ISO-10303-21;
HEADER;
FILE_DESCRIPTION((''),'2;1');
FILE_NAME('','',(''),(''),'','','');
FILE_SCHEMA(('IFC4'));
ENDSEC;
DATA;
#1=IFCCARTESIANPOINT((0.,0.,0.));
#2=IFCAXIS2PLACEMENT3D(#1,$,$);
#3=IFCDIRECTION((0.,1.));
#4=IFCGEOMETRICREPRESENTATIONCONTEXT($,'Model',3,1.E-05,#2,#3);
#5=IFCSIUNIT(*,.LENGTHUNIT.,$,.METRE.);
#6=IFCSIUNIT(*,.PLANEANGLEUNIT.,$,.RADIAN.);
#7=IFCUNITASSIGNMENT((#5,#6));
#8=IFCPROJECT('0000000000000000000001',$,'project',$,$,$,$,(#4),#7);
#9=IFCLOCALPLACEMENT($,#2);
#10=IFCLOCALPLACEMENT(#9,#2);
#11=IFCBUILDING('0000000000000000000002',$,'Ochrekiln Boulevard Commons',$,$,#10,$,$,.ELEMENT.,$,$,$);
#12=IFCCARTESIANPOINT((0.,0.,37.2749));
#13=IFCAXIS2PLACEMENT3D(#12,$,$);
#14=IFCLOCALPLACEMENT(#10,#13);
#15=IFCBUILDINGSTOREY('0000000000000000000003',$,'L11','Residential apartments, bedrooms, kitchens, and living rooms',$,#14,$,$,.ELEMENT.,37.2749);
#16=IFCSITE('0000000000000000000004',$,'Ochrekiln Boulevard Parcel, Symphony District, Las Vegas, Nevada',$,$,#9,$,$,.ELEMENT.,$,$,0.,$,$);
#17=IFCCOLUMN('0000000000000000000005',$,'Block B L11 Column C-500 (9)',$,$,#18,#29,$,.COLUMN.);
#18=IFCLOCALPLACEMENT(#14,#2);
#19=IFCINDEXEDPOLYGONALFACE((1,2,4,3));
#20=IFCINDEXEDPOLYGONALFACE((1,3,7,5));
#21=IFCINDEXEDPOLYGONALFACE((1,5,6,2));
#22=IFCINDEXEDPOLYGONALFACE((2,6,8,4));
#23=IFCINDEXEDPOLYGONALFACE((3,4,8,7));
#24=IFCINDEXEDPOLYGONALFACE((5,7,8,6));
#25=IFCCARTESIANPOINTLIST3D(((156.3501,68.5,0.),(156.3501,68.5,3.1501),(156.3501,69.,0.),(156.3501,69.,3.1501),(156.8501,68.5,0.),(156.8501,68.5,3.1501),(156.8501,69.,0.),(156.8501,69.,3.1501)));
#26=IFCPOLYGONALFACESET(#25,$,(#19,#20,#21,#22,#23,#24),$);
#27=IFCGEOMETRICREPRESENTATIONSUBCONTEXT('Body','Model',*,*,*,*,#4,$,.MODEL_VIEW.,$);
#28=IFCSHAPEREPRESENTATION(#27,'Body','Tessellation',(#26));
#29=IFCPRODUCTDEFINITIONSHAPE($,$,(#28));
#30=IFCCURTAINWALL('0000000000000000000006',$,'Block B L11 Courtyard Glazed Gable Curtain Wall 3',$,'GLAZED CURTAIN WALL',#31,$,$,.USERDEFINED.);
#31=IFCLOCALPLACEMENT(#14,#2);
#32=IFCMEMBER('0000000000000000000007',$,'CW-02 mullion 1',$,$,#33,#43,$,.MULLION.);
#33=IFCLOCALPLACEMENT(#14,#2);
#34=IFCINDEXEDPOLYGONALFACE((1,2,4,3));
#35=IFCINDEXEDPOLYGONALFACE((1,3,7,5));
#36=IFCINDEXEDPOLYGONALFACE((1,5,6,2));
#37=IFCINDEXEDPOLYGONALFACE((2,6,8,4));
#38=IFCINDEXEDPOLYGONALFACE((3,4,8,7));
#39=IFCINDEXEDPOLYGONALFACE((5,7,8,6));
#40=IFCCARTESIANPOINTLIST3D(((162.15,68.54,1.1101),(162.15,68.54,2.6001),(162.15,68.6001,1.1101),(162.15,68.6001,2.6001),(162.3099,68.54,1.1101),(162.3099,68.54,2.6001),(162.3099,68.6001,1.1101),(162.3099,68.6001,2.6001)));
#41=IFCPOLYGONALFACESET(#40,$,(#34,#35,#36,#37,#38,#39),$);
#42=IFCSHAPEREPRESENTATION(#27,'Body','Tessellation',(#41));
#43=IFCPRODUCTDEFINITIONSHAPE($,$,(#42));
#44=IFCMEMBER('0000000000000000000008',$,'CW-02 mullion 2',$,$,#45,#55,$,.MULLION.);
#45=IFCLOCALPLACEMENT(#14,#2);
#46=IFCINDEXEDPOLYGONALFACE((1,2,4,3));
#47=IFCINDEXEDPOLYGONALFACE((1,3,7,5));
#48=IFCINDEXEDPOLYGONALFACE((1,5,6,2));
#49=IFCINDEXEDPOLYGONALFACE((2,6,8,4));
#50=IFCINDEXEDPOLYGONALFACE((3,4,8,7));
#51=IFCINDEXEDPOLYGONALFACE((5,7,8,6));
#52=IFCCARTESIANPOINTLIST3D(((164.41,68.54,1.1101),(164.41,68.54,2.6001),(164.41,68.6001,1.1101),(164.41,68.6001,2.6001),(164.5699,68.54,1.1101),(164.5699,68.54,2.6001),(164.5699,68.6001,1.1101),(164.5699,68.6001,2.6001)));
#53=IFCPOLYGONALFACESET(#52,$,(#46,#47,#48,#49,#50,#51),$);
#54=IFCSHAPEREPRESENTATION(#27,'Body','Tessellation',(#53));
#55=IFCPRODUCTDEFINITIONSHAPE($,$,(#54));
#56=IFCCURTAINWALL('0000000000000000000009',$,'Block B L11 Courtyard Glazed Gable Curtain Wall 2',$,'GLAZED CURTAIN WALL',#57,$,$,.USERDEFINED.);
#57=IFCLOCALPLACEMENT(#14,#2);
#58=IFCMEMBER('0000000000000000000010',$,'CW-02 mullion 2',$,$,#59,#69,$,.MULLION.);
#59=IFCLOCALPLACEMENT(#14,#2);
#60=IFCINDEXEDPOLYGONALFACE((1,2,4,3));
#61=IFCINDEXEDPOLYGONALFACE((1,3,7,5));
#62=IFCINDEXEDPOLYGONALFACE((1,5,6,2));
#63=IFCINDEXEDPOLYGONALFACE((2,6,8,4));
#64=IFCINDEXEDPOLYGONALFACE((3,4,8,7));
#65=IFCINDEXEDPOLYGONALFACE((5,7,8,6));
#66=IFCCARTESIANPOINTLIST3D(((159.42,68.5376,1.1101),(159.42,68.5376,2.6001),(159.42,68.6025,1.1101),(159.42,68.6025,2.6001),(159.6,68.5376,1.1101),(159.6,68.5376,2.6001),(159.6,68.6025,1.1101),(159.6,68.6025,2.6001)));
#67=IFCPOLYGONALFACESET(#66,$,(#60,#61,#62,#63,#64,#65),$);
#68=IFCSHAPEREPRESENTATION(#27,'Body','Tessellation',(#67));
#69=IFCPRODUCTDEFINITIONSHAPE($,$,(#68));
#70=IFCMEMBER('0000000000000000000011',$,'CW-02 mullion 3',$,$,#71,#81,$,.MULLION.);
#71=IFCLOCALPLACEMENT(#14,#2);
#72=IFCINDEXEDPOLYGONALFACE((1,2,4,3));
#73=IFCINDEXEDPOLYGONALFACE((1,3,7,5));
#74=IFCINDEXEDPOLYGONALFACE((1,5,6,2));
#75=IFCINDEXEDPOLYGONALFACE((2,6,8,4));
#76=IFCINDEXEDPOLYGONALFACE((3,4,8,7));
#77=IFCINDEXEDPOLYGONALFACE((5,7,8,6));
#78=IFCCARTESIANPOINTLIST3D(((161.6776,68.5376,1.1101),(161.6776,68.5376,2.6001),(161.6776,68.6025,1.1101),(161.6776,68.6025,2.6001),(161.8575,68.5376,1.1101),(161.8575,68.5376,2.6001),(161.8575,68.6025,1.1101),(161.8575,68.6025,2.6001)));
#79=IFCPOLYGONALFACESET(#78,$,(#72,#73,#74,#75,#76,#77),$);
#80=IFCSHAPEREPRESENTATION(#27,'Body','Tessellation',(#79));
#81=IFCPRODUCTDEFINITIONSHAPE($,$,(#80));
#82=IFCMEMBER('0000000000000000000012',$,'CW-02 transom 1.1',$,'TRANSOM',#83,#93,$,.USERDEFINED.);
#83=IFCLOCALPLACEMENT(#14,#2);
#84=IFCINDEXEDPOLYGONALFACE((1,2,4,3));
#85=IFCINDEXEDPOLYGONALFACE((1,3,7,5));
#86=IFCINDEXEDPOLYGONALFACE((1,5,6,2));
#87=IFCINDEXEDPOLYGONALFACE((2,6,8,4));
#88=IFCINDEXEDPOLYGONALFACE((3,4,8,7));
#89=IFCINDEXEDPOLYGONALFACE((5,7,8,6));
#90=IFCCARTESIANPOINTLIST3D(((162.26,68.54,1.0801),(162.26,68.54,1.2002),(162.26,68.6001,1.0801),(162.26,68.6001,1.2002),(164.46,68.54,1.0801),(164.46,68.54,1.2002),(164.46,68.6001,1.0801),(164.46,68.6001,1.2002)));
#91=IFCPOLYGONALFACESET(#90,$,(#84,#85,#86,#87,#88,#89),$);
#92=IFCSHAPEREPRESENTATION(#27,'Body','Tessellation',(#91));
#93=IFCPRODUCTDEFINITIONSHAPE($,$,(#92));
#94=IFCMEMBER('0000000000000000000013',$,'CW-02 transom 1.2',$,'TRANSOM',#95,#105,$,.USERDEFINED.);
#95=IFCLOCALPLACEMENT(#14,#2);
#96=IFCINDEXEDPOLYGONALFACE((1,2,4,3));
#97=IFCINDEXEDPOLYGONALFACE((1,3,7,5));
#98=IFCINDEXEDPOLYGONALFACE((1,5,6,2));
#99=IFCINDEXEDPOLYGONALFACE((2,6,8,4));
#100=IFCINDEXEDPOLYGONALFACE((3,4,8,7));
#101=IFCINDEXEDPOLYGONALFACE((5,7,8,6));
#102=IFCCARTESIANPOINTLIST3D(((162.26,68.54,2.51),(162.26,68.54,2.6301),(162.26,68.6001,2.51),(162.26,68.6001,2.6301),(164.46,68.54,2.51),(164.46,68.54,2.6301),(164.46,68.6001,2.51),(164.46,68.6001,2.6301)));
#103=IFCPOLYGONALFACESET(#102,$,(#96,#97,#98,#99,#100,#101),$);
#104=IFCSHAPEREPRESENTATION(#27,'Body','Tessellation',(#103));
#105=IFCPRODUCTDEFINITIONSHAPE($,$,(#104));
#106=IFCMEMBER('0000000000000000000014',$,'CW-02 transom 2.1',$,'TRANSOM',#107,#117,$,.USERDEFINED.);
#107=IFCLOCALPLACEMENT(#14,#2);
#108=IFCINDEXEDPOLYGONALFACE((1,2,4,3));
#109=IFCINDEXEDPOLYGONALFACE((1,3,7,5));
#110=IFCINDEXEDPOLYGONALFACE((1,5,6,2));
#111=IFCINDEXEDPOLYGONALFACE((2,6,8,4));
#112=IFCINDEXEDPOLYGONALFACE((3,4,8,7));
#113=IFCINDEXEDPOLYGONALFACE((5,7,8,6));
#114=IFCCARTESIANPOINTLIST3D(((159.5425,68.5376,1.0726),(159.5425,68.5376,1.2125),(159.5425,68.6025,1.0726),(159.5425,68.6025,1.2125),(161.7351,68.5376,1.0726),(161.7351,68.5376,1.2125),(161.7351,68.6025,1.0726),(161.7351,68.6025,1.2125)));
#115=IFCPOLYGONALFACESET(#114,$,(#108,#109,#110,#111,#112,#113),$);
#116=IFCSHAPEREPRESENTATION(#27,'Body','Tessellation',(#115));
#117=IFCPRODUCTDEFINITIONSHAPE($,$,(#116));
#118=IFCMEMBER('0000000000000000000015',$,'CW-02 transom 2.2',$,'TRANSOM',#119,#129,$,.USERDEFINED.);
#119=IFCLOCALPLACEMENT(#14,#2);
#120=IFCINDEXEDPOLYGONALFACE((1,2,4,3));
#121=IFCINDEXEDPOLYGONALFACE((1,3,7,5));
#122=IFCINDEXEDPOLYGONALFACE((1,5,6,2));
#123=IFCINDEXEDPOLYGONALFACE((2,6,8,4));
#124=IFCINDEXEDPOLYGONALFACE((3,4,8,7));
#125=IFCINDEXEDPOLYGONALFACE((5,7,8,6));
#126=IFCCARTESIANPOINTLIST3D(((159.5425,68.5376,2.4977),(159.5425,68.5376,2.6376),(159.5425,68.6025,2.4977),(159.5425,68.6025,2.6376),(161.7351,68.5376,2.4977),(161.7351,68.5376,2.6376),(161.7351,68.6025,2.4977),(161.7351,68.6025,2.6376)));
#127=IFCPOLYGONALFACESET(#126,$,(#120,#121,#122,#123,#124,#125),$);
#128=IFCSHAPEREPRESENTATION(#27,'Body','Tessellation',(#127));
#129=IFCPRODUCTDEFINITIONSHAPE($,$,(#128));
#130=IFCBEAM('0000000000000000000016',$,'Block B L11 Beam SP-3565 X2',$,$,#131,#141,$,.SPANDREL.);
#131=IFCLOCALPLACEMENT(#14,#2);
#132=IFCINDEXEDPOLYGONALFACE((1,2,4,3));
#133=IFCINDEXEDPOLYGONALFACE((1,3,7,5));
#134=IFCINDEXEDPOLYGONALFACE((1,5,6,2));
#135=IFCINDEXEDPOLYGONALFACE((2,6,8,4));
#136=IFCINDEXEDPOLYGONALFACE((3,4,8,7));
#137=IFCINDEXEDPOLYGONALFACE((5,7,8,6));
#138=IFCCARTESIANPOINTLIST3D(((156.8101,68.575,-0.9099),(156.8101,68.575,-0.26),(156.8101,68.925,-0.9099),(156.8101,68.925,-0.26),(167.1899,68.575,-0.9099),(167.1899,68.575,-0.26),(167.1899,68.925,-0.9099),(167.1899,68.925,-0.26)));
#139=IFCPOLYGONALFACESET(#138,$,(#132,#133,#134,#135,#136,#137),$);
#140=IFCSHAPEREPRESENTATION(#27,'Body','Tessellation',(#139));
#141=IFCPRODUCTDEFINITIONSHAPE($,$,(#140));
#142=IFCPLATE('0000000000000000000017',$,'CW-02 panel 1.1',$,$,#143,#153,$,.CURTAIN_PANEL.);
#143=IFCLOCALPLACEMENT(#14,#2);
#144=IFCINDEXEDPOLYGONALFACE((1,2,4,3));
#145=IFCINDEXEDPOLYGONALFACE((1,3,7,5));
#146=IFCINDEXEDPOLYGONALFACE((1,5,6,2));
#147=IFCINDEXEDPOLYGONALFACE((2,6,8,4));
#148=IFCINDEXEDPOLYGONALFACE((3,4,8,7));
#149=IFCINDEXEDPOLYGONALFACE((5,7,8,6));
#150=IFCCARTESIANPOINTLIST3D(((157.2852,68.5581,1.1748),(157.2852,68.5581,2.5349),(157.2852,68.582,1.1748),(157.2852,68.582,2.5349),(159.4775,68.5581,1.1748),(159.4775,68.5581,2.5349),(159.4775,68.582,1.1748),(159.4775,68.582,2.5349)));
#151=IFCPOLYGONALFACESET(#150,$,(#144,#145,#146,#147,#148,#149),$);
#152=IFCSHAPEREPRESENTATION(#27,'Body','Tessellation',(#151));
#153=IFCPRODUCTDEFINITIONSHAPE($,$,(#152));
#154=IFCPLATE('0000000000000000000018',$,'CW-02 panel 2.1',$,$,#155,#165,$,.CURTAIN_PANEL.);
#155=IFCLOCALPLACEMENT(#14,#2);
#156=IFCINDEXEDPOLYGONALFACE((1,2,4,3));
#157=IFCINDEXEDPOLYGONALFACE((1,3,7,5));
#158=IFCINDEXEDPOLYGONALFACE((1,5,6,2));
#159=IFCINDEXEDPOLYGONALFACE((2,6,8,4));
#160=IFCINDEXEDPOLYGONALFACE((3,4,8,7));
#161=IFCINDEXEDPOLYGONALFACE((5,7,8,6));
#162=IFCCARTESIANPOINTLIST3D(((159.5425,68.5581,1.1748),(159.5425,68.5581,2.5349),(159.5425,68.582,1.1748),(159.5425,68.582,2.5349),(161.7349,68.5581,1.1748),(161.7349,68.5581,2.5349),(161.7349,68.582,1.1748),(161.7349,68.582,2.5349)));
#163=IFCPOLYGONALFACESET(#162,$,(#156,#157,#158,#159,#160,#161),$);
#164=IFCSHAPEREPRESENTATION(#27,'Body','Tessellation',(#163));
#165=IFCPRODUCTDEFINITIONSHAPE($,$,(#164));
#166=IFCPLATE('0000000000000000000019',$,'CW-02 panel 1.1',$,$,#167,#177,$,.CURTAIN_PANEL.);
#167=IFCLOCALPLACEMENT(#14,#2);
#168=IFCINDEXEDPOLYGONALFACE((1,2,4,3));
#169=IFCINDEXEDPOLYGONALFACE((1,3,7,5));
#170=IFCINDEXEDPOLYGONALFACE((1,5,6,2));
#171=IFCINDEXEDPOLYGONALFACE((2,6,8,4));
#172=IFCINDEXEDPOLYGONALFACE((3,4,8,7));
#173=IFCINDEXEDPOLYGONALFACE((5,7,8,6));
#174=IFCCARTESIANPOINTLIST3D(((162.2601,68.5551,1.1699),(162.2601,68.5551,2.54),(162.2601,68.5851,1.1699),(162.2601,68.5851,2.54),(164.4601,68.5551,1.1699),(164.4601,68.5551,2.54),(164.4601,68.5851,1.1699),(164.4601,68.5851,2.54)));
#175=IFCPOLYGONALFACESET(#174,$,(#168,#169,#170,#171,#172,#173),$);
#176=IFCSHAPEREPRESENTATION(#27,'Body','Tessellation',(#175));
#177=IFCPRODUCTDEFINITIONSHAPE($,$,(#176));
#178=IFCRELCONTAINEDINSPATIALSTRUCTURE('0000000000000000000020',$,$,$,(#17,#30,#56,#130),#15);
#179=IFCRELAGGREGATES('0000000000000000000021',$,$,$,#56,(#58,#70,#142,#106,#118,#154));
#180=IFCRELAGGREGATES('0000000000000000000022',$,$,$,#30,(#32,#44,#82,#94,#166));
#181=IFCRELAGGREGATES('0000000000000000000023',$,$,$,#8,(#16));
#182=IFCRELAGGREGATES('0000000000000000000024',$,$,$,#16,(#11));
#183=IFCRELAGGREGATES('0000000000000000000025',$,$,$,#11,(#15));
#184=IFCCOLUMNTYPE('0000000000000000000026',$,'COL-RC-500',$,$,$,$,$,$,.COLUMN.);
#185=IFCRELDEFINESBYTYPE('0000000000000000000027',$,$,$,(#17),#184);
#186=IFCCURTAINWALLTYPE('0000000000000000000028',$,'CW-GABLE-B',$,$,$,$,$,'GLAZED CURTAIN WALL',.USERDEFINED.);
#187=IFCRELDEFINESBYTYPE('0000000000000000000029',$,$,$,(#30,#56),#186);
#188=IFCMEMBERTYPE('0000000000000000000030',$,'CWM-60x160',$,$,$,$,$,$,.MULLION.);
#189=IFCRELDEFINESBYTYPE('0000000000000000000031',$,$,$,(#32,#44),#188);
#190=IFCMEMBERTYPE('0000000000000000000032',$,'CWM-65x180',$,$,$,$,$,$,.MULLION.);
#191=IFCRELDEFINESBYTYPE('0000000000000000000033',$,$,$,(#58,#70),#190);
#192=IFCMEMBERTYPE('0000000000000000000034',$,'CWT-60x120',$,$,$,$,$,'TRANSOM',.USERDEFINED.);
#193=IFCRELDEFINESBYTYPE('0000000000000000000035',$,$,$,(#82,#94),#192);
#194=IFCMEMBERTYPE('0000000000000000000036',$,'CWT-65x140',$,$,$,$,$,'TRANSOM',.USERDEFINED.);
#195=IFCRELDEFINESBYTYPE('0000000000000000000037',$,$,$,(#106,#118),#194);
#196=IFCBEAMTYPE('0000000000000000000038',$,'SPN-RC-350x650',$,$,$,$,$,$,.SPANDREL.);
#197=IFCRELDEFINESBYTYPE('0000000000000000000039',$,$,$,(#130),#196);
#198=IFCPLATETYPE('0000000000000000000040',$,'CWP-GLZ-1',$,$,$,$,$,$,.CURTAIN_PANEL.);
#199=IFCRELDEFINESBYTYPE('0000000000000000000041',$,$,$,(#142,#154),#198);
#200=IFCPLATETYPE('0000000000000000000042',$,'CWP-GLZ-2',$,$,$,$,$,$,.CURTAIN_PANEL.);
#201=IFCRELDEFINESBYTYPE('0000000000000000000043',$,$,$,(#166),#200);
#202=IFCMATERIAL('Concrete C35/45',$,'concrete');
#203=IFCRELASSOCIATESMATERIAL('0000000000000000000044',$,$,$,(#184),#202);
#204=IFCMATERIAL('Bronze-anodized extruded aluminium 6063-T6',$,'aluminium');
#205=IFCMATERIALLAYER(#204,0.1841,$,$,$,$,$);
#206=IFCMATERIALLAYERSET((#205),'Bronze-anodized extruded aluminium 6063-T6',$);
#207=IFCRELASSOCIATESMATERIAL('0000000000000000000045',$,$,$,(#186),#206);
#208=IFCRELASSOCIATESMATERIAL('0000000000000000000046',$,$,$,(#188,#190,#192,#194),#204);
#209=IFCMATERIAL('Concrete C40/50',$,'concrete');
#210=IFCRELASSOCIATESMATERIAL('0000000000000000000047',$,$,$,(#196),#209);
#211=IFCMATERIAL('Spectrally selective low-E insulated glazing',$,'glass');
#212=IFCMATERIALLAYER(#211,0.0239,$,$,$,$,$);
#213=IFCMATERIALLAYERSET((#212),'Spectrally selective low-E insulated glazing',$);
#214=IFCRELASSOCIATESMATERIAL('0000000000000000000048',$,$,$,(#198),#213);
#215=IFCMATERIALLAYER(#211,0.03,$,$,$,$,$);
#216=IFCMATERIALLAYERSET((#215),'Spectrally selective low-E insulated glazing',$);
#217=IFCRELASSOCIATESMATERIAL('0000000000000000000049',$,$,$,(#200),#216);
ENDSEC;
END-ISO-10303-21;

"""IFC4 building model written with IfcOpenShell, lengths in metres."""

from ifc_helpers import new_model, si_unit, direction, frame, origin, origin_2d, place, context, subcontext, project, spatial, rectangle, extrude, material, layer, layer_set, material_profile, profile_set, type_object, element, aggregate, save


model = new_model("IFC4")

# Units and contexts
model_context = context("Model", 3, precision=1e-05, world=origin(), true_north=direction((0.0, 1.0)))
body_context = subcontext(model_context, "Body", "Model", "MODEL_VIEW")
ifc_project = project(units=[si_unit("LENGTHUNIT", "METRE"), si_unit("PLANEANGLEUNIT", "RADIAN")], contexts=[model_context])

# Site, building, storey
site_placement = place(None, origin())
site = spatial("IfcSite", under=ifc_project, at=site_placement, Name="Ochrekiln Boulevard Parcel, Symphony District, Las Vegas, Nevada", CompositionType="ELEMENT", RefElevation=0.0)
building_placement = place(site_placement, origin())
building = spatial("IfcBuilding", under=site, at=building_placement, Name="Ochrekiln Boulevard Commons", CompositionType="ELEMENT")
storey_placement = place(building_placement, frame((0.0, 0.0, 37.2749)))
storey = spatial("IfcBuildingStorey", under=building, at=storey_placement, Name="L11", Description="Residential apartments, bedrooms, kitchens, and living rooms", CompositionType="ELEMENT", Elevation=37.2749)

# Column
ifc_material_1 = material(Name="Concrete C35/45", Category="concrete")
ifc_material_profile_1 = material_profile(ifc_material_1, rectangle(XDim=0.5, YDim=0.5, at=origin_2d()), Name="RC-COL-500x500")
ifc_profile_set_1 = profile_set([ifc_material_profile_1], Name="Concrete C35/45")
column_type = type_object("IfcColumnType", Name="COL-RC-500", PredefinedType="COLUMN", material=ifc_profile_set_1)
column_placement = place(storey_placement, frame((156.6001, 68.75, 0.0), z_axis=(0.0, 0.0, 1.0), x_axis=(1.0, 0.0, 0.0)))
element("IfcColumn", 1, at=column_placement, inside=storey, type_object=column_type, Name="Block B L11 Column C-500 (9)", PredefinedType="COLUMN", context=body_context, shape_type="SweptSolid", body=[
    extrude(rectangle(XDim=0.5, YDim=0.5, at=origin_2d()), origin(), (0.0, 0.0, 1.0), 3.1501),
])

# Curtain walls, members
ifc_material_2 = material(Name="Bronze-anodized extruded aluminium 6063-T6", Category="aluminium")
ifc_layer_1 = layer(ifc_material_2, 0.1841)
ifc_layer_set_1 = layer_set([ifc_layer_1], Name="Bronze-anodized extruded aluminium 6063-T6")
curtain_wall_type = type_object("IfcCurtainWallType", Name="CW-GABLE-B", ElementType="GLAZED CURTAIN WALL", PredefinedType="USERDEFINED", material=ifc_layer_set_1)
curtain_wall_1_placement = place(storey_placement, origin())
curtain_wall_1 = element("IfcCurtainWall", 2, at=curtain_wall_1_placement, inside=storey, type_object=curtain_wall_type, Name="Block B L11 Courtyard Glazed Gable Curtain Wall 3", ObjectType="GLAZED CURTAIN WALL", PredefinedType="USERDEFINED")
ifc_material_profile_2 = material_profile(ifc_material_2, rectangle(XDim=0.0601, YDim=0.1599, at=origin_2d()), Name="ALU-MUL-60x160")
ifc_profile_set_2 = profile_set([ifc_material_profile_2], Name="Bronze-anodized extruded aluminium 6063-T6")
member_type_1 = type_object("IfcMemberType", Name="CWM-60x160", PredefinedType="MULLION", material=ifc_profile_set_2)
member_1_placement = place(storey_placement, frame((162.23, 68.5701, 1.1101), z_axis=(0.0, 0.0, 1.0), x_axis=(0.0, 1.0, 0.0)))
member_1 = element("IfcMember", 3, at=member_1_placement, type_object=member_type_1, Name="CW-02 mullion 1", PredefinedType="MULLION", context=body_context, shape_type="SweptSolid", body=[
    extrude(rectangle(XDim=0.0601, YDim=0.1599, at=origin_2d()), origin(), (0.0, 0.0, 1.0), 1.49),
])
member_2_placement = place(storey_placement, frame((164.49, 68.5701, 1.1101), z_axis=(0.0, 0.0, 1.0), x_axis=(0.0, 1.0, 0.0)))
member_2 = element("IfcMember", 4, at=member_2_placement, type_object=member_type_1, Name="CW-02 mullion 2", PredefinedType="MULLION", context=body_context, shape_type="SweptSolid", body=[
    extrude(rectangle(XDim=0.0601, YDim=0.1599, at=origin_2d()), origin(), (0.0, 0.0, 1.0), 1.49),
])
curtain_wall_2_placement = place(storey_placement, origin())
curtain_wall_2 = element("IfcCurtainWall", 5, at=curtain_wall_2_placement, inside=storey, type_object=curtain_wall_type, Name="Block B L11 Courtyard Glazed Gable Curtain Wall 2", ObjectType="GLAZED CURTAIN WALL", PredefinedType="USERDEFINED")
ifc_material_profile_3 = material_profile(ifc_material_2, rectangle(XDim=0.0649, YDim=0.1799, at=origin_2d()), Name="ALU-MUL-65x180")
ifc_profile_set_3 = profile_set([ifc_material_profile_3], Name="Bronze-anodized extruded aluminium 6063-T6")
member_type_2 = type_object("IfcMemberType", Name="CWM-65x180", PredefinedType="MULLION", material=ifc_profile_set_3)
member_3_placement = place(storey_placement, frame((159.51, 68.5701, 1.1101), z_axis=(0.0, 0.0, 1.0), x_axis=(0.0, 1.0, 0.0)))
member_3 = element("IfcMember", 6, at=member_3_placement, type_object=member_type_2, Name="CW-02 mullion 2", PredefinedType="MULLION", context=body_context, shape_type="SweptSolid", body=[
    extrude(rectangle(XDim=0.0649, YDim=0.1799, at=origin_2d()), origin(), (0.0, 0.0, 1.0), 1.49),
])
member_4_placement = place(storey_placement, frame((161.7676, 68.5701, 1.1101), z_axis=(0.0, 0.0, 1.0), x_axis=(0.0, 1.0, 0.0)))
member_4 = element("IfcMember", 7, at=member_4_placement, type_object=member_type_2, Name="CW-02 mullion 3", PredefinedType="MULLION", context=body_context, shape_type="SweptSolid", body=[
    extrude(rectangle(XDim=0.0649, YDim=0.1799, at=origin_2d()), origin(), (0.0, 0.0, 1.0), 1.49),
])

# Members
ifc_material_profile_4 = material_profile(ifc_material_2, rectangle(XDim=0.0601, YDim=0.1201, at=origin_2d()), Name="ALU-TRN-60x120")
ifc_profile_set_4 = profile_set([ifc_material_profile_4], Name="Bronze-anodized extruded aluminium 6063-T6")
member_type_3 = type_object("IfcMemberType", Name="CWT-60x120", ElementType="TRANSOM", PredefinedType="USERDEFINED", material=ifc_profile_set_4)
member_5_placement = place(storey_placement, frame((162.26, 68.5701, 1.1401), z_axis=(1.0, 0.0, 0.0), x_axis=(0.0, 1.0, 0.0)))
member_5 = element("IfcMember", 8, at=member_5_placement, type_object=member_type_3, Name="CW-02 transom 1.1", ObjectType="TRANSOM", PredefinedType="USERDEFINED", context=body_context, shape_type="SweptSolid", body=[
    extrude(rectangle(XDim=0.0601, YDim=0.1201, at=origin_2d()), origin(), (0.0, 0.0, 1.0), 2.2),
])
member_6_placement = place(storey_placement, frame((162.26, 68.5701, 2.5701), z_axis=(1.0, 0.0, 0.0), x_axis=(0.0, 1.0, 0.0)))
member_6 = element("IfcMember", 9, at=member_6_placement, type_object=member_type_3, Name="CW-02 transom 1.2", ObjectType="TRANSOM", PredefinedType="USERDEFINED", context=body_context, shape_type="SweptSolid", body=[
    extrude(rectangle(XDim=0.0601, YDim=0.1201, at=origin_2d()), origin(), (0.0, 0.0, 1.0), 2.2),
])
ifc_material_profile_5 = material_profile(ifc_material_2, rectangle(XDim=0.0649, YDim=0.1399, at=origin_2d()), Name="ALU-TRN-65x140")
ifc_profile_set_5 = profile_set([ifc_material_profile_5], Name="Bronze-anodized extruded aluminium 6063-T6")
member_type_4 = type_object("IfcMemberType", Name="CWT-65x140", ElementType="TRANSOM", PredefinedType="USERDEFINED", material=ifc_profile_set_5)
member_7_placement = place(storey_placement, frame((159.5425, 68.5701, 1.1426), z_axis=(1.0, 0.0, 0.0), x_axis=(0.0, 1.0, 0.0)))
member_7 = element("IfcMember", 10, at=member_7_placement, type_object=member_type_4, Name="CW-02 transom 2.1", ObjectType="TRANSOM", PredefinedType="USERDEFINED", context=body_context, shape_type="SweptSolid", body=[
    extrude(rectangle(XDim=0.0649, YDim=0.1399, at=origin_2d()), origin(), (0.0, 0.0, 1.0), 2.1926),
])
member_8_placement = place(storey_placement, frame((159.5425, 68.5701, 2.5676), z_axis=(1.0, 0.0, 0.0), x_axis=(0.0, 1.0, 0.0)))
member_8 = element("IfcMember", 11, at=member_8_placement, type_object=member_type_4, Name="CW-02 transom 2.2", ObjectType="TRANSOM", PredefinedType="USERDEFINED", context=body_context, shape_type="SweptSolid", body=[
    extrude(rectangle(XDim=0.0649, YDim=0.1399, at=origin_2d()), origin(), (0.0, 0.0, 1.0), 2.1926),
])

# Beam
ifc_material_3 = material(Name="Concrete C40/50", Category="concrete")
ifc_material_profile_6 = material_profile(ifc_material_3, rectangle(XDim=0.3501, YDim=0.6499, at=origin_2d()), Name="RC-SPN-350x650")
ifc_profile_set_6 = profile_set([ifc_material_profile_6], Name="Concrete C40/50")
beam_type = type_object("IfcBeamType", Name="SPN-RC-350x650", PredefinedType="SPANDREL", material=ifc_profile_set_6)
beam_placement = place(storey_placement, frame((156.8101, 68.75, -0.585), z_axis=(1.0, 0.0, 0.0), x_axis=(0.0, 1.0, 0.0)))
element("IfcBeam", 12, at=beam_placement, inside=storey, type_object=beam_type, Name="Block B L11 Beam SP-3565 X2", PredefinedType="SPANDREL", context=body_context, shape_type="SweptSolid", body=[
    extrude(rectangle(XDim=0.3501, YDim=0.6499, at=origin_2d()), origin(), (0.0, 0.0, 1.0), 10.3799),
])

# Plates
ifc_material_4 = material(Name="Spectrally selective low-E insulated glazing", Category="glass")
ifc_layer_2 = layer(ifc_material_4, 0.0239)
ifc_layer_set_2 = layer_set([ifc_layer_2], Name="Spectrally selective low-E insulated glazing")
plate_type_1 = type_object("IfcPlateType", Name="CWP-GLZ-1", PredefinedType="CURTAIN_PANEL", material=ifc_layer_set_2)
plate_1_placement = place(storey_placement, frame((158.3813, 68.5701, 1.1748), z_axis=(0.0, 0.0, 1.0), x_axis=(1.0, 0.0, 0.0)))
plate_1 = element("IfcPlate", 13, at=plate_1_placement, type_object=plate_type_1, Name="CW-02 panel 1.1", PredefinedType="CURTAIN_PANEL", context=body_context, shape_type="SweptSolid", body=[
    extrude(rectangle(XDim=2.1924, YDim=0.0239, at=origin_2d()), origin(), (0.0, 0.0, 1.0), 1.3601),
])
plate_2_placement = place(storey_placement, frame((160.6387, 68.5701, 1.1748), z_axis=(0.0, 0.0, 1.0), x_axis=(1.0, 0.0, 0.0)))
plate_2 = element("IfcPlate", 14, at=plate_2_placement, type_object=plate_type_1, Name="CW-02 panel 2.1", PredefinedType="CURTAIN_PANEL", context=body_context, shape_type="SweptSolid", body=[
    extrude(rectangle(XDim=2.1924, YDim=0.0239, at=origin_2d()), origin(), (0.0, 0.0, 1.0), 1.3601),
])
aggregate(curtain_wall_2, [member_3, member_4, plate_1, member_7, member_8, plate_2])
ifc_layer_3 = layer(ifc_material_4, 0.03)
ifc_layer_set_3 = layer_set([ifc_layer_3], Name="Spectrally selective low-E insulated glazing")
plate_type_2 = type_object("IfcPlateType", Name="CWP-GLZ-2", PredefinedType="CURTAIN_PANEL", material=ifc_layer_set_3)
plate_3_placement = place(storey_placement, frame((163.3601, 68.5701, 1.1699), z_axis=(0.0, 0.0, 1.0), x_axis=(1.0, 0.0, 0.0)))
plate_3 = element("IfcPlate", 15, at=plate_3_placement, type_object=plate_type_2, Name="CW-02 panel 1.1", PredefinedType="CURTAIN_PANEL", context=body_context, shape_type="SweptSolid", body=[
    extrude(rectangle(XDim=2.2, YDim=0.03, at=origin_2d()), origin(), (0.0, 0.0, 1.0), 1.3701),
])
aggregate(curtain_wall_1, [member_1, member_2, member_5, member_6, plate_3])

save(model, "model.ifc")
